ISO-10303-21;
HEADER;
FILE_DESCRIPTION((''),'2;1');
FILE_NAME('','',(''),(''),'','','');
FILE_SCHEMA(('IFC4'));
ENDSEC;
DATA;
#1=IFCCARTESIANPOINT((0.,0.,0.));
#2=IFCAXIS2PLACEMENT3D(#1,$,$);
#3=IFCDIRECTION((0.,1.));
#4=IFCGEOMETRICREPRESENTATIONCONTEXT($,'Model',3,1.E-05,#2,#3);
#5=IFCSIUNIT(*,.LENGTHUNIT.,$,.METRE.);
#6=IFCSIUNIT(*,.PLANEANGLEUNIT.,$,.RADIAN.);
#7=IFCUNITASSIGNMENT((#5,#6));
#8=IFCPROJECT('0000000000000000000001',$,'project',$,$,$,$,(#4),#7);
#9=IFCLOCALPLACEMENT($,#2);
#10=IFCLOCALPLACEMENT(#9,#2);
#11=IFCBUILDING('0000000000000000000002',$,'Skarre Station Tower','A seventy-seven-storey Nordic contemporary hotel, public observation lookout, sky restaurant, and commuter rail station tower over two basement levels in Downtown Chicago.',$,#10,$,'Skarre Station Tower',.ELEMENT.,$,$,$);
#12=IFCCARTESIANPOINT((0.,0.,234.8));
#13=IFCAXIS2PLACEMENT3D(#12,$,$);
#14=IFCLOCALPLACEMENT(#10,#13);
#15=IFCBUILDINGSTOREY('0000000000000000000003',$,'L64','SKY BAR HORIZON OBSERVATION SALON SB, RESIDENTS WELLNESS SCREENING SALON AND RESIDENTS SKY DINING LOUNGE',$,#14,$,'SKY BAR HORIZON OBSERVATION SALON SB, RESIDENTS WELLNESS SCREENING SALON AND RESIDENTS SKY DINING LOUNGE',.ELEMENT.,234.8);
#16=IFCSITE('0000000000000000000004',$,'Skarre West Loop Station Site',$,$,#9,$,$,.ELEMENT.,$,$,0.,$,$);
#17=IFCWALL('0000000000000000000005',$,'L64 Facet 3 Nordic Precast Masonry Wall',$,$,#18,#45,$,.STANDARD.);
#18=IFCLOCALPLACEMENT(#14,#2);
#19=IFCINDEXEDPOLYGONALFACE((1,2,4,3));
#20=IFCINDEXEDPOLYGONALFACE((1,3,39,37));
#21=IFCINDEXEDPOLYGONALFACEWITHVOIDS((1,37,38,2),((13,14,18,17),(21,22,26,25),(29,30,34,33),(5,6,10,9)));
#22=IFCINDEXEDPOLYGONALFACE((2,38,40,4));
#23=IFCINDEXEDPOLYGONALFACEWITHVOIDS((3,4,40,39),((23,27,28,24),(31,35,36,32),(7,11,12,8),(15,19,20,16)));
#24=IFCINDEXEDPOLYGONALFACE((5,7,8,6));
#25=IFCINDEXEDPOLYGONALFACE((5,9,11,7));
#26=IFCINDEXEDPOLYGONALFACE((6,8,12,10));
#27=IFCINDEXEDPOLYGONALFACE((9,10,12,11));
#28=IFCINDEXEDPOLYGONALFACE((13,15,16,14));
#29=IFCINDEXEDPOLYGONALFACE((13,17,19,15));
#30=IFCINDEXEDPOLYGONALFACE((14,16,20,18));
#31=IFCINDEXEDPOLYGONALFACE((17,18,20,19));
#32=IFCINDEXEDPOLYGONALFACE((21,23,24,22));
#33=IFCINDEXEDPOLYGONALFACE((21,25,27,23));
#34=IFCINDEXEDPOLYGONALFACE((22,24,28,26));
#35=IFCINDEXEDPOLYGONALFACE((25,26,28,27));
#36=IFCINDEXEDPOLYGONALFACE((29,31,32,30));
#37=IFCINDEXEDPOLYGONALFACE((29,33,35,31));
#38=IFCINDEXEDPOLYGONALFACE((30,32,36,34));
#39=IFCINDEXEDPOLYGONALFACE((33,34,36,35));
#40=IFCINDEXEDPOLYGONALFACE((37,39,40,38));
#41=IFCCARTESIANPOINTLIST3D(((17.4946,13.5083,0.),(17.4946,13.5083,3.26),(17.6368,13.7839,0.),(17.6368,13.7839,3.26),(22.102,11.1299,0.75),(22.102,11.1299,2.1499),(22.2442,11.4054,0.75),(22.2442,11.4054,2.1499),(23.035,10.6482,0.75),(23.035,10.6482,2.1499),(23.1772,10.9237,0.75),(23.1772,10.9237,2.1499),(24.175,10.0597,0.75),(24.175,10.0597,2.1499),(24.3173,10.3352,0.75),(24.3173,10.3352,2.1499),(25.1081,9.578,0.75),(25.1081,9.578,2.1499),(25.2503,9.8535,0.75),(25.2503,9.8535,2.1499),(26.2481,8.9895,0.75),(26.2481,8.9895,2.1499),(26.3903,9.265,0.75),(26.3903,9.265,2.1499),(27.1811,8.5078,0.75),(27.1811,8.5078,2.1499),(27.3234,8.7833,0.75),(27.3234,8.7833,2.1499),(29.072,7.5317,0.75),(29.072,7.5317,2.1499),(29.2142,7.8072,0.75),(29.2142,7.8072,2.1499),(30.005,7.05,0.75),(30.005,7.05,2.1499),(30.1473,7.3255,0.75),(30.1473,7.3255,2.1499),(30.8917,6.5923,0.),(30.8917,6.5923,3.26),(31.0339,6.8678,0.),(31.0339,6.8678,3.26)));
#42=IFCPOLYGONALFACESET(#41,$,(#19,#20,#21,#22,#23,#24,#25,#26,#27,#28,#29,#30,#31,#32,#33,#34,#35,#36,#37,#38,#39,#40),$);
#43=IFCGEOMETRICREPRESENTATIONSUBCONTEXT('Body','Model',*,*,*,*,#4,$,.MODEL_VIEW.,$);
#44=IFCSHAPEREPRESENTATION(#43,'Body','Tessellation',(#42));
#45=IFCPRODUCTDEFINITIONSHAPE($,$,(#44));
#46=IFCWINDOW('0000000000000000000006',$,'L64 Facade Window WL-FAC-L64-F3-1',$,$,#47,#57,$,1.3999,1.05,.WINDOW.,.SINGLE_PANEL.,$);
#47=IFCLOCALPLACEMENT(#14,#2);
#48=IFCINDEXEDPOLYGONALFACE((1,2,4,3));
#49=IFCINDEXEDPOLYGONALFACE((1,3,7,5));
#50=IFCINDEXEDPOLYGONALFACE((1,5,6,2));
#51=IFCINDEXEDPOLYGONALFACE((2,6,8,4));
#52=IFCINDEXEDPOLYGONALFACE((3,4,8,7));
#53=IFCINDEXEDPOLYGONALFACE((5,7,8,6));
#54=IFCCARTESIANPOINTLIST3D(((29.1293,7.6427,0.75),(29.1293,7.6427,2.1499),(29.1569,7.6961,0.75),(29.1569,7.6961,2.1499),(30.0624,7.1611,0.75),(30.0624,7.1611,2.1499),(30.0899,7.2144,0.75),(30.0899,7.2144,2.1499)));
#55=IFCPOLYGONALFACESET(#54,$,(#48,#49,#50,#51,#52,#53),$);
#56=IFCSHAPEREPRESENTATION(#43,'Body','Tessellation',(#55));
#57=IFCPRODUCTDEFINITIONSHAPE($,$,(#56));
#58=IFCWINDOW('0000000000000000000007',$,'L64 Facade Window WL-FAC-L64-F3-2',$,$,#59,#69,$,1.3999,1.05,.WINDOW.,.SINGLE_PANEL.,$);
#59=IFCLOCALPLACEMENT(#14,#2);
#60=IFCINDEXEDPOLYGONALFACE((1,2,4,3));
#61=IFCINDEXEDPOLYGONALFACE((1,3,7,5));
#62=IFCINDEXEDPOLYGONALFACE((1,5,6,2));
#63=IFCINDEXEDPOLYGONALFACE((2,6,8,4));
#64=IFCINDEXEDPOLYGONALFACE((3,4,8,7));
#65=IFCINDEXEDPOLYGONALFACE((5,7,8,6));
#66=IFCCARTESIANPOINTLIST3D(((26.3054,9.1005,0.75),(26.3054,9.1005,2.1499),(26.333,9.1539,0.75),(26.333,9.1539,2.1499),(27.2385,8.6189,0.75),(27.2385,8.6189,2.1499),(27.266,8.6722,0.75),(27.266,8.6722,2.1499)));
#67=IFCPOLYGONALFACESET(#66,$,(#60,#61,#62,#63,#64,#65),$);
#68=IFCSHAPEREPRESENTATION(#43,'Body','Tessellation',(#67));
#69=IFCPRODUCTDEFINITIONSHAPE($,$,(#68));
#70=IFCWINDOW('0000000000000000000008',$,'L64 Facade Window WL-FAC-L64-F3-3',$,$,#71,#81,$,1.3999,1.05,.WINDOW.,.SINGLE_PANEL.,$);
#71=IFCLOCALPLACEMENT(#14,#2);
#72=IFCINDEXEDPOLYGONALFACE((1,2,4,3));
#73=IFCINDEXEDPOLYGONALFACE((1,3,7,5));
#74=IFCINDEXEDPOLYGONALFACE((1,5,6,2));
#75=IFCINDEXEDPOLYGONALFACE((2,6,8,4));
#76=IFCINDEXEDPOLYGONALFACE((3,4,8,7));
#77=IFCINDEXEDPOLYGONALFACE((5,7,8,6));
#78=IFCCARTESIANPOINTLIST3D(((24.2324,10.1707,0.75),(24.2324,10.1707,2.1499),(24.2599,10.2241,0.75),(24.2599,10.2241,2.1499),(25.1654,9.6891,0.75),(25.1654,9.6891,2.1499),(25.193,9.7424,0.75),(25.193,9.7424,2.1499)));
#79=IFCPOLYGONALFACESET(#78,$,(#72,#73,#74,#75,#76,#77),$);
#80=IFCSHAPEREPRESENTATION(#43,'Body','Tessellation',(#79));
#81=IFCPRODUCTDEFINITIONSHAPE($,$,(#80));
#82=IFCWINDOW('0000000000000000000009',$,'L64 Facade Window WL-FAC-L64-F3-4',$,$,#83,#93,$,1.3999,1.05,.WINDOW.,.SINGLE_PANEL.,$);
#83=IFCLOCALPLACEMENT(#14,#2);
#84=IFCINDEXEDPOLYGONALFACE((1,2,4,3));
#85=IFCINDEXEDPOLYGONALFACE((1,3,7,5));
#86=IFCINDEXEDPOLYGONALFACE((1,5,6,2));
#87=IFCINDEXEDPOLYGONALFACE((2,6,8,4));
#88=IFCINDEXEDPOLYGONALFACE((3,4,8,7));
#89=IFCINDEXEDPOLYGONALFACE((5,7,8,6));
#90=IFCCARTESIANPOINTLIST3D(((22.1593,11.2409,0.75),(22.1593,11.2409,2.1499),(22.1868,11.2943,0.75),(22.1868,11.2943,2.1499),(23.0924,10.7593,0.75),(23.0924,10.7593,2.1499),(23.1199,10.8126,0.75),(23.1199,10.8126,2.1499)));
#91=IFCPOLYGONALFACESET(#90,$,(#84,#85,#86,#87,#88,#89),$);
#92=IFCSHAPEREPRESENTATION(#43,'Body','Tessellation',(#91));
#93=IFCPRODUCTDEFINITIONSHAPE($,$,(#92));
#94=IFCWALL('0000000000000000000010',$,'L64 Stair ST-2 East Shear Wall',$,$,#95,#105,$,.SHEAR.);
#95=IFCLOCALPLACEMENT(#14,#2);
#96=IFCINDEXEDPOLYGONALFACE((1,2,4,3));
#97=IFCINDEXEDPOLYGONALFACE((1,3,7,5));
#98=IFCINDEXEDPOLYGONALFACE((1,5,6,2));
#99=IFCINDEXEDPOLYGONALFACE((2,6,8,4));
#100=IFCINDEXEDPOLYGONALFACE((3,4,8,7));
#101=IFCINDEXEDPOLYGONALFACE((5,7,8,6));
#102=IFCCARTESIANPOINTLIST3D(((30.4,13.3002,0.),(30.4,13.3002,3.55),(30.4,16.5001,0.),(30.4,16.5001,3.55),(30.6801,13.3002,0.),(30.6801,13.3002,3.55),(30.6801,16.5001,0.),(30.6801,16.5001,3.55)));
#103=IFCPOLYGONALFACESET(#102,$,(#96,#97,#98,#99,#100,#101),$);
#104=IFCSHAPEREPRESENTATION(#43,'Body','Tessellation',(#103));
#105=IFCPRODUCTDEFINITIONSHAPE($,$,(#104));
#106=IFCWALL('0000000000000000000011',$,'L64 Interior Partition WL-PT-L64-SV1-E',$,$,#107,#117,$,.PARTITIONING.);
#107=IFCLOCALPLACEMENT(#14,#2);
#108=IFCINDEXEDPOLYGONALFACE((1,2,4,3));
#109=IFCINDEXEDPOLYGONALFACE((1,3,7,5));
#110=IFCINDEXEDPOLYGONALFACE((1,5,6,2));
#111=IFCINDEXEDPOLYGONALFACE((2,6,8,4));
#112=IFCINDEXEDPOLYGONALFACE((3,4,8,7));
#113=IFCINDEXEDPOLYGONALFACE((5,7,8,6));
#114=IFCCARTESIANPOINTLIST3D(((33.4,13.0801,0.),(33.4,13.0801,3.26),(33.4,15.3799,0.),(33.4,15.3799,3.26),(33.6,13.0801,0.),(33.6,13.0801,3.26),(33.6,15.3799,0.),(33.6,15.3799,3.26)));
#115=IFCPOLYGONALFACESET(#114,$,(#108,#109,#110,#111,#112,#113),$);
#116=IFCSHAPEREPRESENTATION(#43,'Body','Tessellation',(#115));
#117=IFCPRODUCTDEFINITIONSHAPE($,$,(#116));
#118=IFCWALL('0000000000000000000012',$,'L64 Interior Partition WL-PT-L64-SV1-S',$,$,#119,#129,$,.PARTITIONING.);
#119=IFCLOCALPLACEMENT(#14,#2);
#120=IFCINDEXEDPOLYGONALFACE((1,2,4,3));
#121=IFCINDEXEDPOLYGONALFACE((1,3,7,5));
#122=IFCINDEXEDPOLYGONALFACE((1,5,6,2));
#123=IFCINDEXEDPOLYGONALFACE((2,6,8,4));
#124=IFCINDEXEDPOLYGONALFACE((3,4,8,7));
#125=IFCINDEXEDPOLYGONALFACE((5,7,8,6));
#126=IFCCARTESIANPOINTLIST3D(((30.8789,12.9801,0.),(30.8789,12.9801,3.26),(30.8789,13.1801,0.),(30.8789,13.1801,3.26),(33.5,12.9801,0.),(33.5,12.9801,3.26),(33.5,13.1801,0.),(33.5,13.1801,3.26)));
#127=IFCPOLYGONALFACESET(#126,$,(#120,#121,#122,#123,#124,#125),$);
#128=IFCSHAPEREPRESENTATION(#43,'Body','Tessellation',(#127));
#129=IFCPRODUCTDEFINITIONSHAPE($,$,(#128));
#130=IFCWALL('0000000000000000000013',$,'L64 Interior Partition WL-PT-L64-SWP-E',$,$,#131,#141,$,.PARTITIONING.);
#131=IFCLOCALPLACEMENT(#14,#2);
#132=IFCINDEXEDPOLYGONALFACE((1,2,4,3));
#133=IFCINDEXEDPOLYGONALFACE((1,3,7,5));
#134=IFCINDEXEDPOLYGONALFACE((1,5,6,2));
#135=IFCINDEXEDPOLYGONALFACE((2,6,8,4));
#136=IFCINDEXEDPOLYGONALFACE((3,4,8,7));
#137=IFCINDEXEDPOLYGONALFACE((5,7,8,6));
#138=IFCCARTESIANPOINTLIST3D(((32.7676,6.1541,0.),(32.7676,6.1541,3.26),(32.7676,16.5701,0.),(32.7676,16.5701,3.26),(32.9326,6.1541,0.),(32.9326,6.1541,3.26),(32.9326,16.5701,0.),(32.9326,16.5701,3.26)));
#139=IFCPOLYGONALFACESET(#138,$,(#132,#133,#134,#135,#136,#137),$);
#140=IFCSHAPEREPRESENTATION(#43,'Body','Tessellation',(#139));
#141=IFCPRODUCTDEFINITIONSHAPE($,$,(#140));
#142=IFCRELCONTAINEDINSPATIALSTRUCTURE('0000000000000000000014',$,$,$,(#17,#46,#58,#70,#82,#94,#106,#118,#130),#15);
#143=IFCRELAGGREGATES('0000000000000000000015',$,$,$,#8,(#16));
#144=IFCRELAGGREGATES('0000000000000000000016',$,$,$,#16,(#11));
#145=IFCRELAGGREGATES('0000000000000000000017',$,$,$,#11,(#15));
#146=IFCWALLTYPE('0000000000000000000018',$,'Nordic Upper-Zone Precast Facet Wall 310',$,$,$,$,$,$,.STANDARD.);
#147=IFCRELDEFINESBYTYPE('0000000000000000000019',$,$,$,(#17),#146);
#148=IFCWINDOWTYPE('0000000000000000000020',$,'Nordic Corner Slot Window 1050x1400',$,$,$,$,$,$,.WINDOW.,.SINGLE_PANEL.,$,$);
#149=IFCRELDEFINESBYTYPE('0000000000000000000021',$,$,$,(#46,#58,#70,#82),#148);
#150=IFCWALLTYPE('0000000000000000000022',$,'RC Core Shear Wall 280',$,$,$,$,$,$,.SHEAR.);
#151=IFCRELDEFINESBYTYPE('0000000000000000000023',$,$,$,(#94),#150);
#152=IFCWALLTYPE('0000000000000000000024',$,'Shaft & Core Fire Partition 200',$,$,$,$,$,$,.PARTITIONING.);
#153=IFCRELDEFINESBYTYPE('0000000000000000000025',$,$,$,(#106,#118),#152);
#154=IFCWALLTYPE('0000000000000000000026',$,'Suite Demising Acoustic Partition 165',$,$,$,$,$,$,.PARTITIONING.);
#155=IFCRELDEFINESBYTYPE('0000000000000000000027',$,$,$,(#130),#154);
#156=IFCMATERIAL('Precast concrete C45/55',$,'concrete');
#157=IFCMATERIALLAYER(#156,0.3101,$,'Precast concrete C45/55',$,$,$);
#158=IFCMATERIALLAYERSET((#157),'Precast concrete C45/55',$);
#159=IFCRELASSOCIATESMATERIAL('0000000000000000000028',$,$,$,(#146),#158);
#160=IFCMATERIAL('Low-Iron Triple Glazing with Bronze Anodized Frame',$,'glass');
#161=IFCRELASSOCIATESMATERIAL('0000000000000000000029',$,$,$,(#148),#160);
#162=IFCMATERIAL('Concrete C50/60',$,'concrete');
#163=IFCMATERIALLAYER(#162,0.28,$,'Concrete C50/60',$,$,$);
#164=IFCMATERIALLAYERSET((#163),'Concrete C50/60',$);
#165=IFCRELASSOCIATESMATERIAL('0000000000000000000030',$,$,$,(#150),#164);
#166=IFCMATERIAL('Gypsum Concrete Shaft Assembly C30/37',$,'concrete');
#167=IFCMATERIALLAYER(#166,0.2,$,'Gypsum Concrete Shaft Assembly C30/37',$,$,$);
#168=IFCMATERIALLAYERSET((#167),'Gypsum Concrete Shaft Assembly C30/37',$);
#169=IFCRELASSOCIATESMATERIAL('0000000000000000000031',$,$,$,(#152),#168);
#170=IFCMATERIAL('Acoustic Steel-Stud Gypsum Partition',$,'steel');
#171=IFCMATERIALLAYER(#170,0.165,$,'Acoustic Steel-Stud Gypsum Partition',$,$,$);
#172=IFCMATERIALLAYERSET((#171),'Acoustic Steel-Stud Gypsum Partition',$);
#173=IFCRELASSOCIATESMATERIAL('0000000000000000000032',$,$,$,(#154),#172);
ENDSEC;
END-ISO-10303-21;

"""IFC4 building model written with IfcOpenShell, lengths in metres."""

from ifc_helpers import new_model, si_unit, direction, frame, frame_2d, origin, place, context, subcontext, project, spatial, rectangle, extrude, material, layer, layer_set, type_object, element, fill, save


model = new_model("IFC4")

# Units and contexts
model_context = context("Model", 3, precision=1e-05, world=origin(), true_north=direction((0.0, 1.0)))
body_context = subcontext(model_context, "Body", "Model", "MODEL_VIEW")
ifc_project = project(units=[si_unit("LENGTHUNIT", "METRE"), si_unit("PLANEANGLEUNIT", "RADIAN")], contexts=[model_context])

# Site, building, storey
site_placement = place(None, origin())
site = spatial("IfcSite", under=ifc_project, at=site_placement, Name="Skarre West Loop Station Site", CompositionType="ELEMENT", RefElevation=0.0)
building_placement = place(site_placement, origin())
building = spatial("IfcBuilding", under=site, at=building_placement, Name="Skarre Station Tower", Description="A seventy-seven-storey Nordic contemporary hotel, public observation lookout, sky restaurant, and commuter rail station tower over two basement levels in Downtown Chicago.", LongName="Skarre Station Tower", CompositionType="ELEMENT")
storey_placement = place(building_placement, frame((0.0, 0.0, 234.8)))
storey = spatial("IfcBuildingStorey", under=building, at=storey_placement, Name="L64", Description="SKY BAR HORIZON OBSERVATION SALON SB, RESIDENTS WELLNESS SCREENING SALON AND RESIDENTS SKY DINING LOUNGE", LongName="SKY BAR HORIZON OBSERVATION SALON SB, RESIDENTS WELLNESS SCREENING SALON AND RESIDENTS SKY DINING LOUNGE", CompositionType="ELEMENT", Elevation=234.8)

# Shared definitions
ifc_material_1 = material(Name="Concrete C50/60", Category="concrete")

# Shared definitions
ifc_material_2 = material(Name="Acoustic Steel-Stud Gypsum Partition", Category="steel")
ifc_material_3 = material(Name="Precast concrete C45/55", Category="concrete")

# Wall, openings, windows
ifc_layer_1 = layer(ifc_material_3, 0.3101, Name="Precast concrete C45/55")
ifc_layer_set_1 = layer_set([ifc_layer_1], Name="Precast concrete C45/55")
wall_type_1 = type_object("IfcWallType", Name="Nordic Upper-Zone Precast Facet Wall 310", PredefinedType="STANDARD", material=ifc_layer_set_1)
wall_1_placement = place(storey_placement, frame((30.9629, 6.73, 0.0), z_axis=(0.0, 0.0, 1.0), x_axis=(-0.888581, 0.458719, 0.0)))
wall_1 = element("IfcWall", 1, at=wall_1_placement, inside=storey, type_object=wall_type_1, Name="L64 Facet 3 Nordic Precast Masonry Wall", PredefinedType="STANDARD", context=body_context, shape_type="SweptSolid", body=[
    extrude(rectangle(XDim=15.0769, YDim=0.3101, at=frame_2d((7.5386, 0.0))), origin(), (0.0, 0.0, 1.0), 3.26),
])
opening_1_placement = place(wall_1_placement, frame((0.998, 0.0, 0.75)))
opening_1 = element("IfcOpeningElement", 2, at=opening_1_placement, cuts=wall_1, PredefinedType="OPENING", context=body_context, shape_type="SweptSolid", body=[
    extrude(rectangle(XDim=1.05, YDim=1.3999, at=frame_2d((0.5249, 0.7))), frame((0.0, 0.165, 0.0), z_axis=(0.0, -1.0, 0.0), x_axis=(1.0, 0.0, 0.0)), (0.0, 0.0, 1.0), 0.3301),
])
opening_2_placement = place(wall_1_placement, frame((4.176, 0.0, 0.75)))
opening_2 = element("IfcOpeningElement", 3, at=opening_2_placement, cuts=wall_1, PredefinedType="OPENING", context=body_context, shape_type="SweptSolid", body=[
    extrude(rectangle(XDim=1.05, YDim=1.3999, at=frame_2d((0.5249, 0.7))), frame((0.0, 0.165, 0.0), z_axis=(0.0, -1.0, 0.0), x_axis=(1.0, 0.0, 0.0)), (0.0, 0.0, 1.0), 0.3301),
])
opening_3_placement = place(wall_1_placement, frame((6.509, 0.0, 0.75)))
opening_3 = element("IfcOpeningElement", 4, at=opening_3_placement, cuts=wall_1, PredefinedType="OPENING", context=body_context, shape_type="SweptSolid", body=[
    extrude(rectangle(XDim=1.05, YDim=1.3999, at=frame_2d((0.5249, 0.7))), frame((0.0, 0.165, 0.0), z_axis=(0.0, -1.0, 0.0), x_axis=(1.0, 0.0, 0.0)), (0.0, 0.0, 1.0), 0.3301),
])
opening_4_placement = place(wall_1_placement, frame((8.842, 0.0, 0.75)))
opening_4 = element("IfcOpeningElement", 5, at=opening_4_placement, cuts=wall_1, PredefinedType="OPENING", context=body_context, shape_type="SweptSolid", body=[
    extrude(rectangle(XDim=1.05, YDim=1.3999, at=frame_2d((0.5249, 0.7))), frame((0.0, 0.165, 0.0), z_axis=(0.0, -1.0, 0.0), x_axis=(1.0, 0.0, 0.0)), (0.0, 0.0, 1.0), 0.3301),
])
ifc_material_4 = material(Name="Low-Iron Triple Glazing with Bronze Anodized Frame", Category="glass")
window_type = type_object("IfcWindowType", Name="Nordic Corner Slot Window 1050x1400", PartitioningType="SINGLE_PANEL", PredefinedType="WINDOW", material=ifc_material_4)
window_1_placement = place(opening_1_placement, origin())
window_1 = element("IfcWindow", 6, at=window_1_placement, inside=storey, type_object=window_type, Name="L64 Facade Window WL-FAC-L64-F3-1", OverallHeight=1.3999, OverallWidth=1.05, PartitioningType="SINGLE_PANEL", PredefinedType="WINDOW", context=body_context, shape_type="SweptSolid", body=[
    extrude(rectangle(XDim=1.05, YDim=1.3999, at=frame_2d((0.5249, 0.7))), frame((0.0, 0.03, 0.0), z_axis=(0.0, -1.0, 0.0), x_axis=(1.0, 0.0, 0.0)), (0.0, 0.0, 1.0), 0.0601),
])
fill(opening_1, window_1)
window_2_placement = place(opening_2_placement, origin())
window_2 = element("IfcWindow", 7, at=window_2_placement, inside=storey, type_object=window_type, Name="L64 Facade Window WL-FAC-L64-F3-2", OverallHeight=1.3999, OverallWidth=1.05, PartitioningType="SINGLE_PANEL", PredefinedType="WINDOW", context=body_context, shape_type="SweptSolid", body=[
    extrude(rectangle(XDim=1.05, YDim=1.3999, at=frame_2d((0.5249, 0.7))), frame((0.0, 0.03, 0.0), z_axis=(0.0, -1.0, 0.0), x_axis=(1.0, 0.0, 0.0)), (0.0, 0.0, 1.0), 0.0601),
])
fill(opening_2, window_2)
window_3_placement = place(opening_3_placement, origin())
window_3 = element("IfcWindow", 8, at=window_3_placement, inside=storey, type_object=window_type, Name="L64 Facade Window WL-FAC-L64-F3-3", OverallHeight=1.3999, OverallWidth=1.05, PartitioningType="SINGLE_PANEL", PredefinedType="WINDOW", context=body_context, shape_type="SweptSolid", body=[
    extrude(rectangle(XDim=1.05, YDim=1.3999, at=frame_2d((0.5249, 0.7))), frame((0.0, 0.03, 0.0), z_axis=(0.0, -1.0, 0.0), x_axis=(1.0, 0.0, 0.0)), (0.0, 0.0, 1.0), 0.0601),
])
fill(opening_3, window_3)
window_4_placement = place(opening_4_placement, origin())
window_4 = element("IfcWindow", 9, at=window_4_placement, inside=storey, type_object=window_type, Name="L64 Facade Window WL-FAC-L64-F3-4", OverallHeight=1.3999, OverallWidth=1.05, PartitioningType="SINGLE_PANEL", PredefinedType="WINDOW", context=body_context, shape_type="SweptSolid", body=[
    extrude(rectangle(XDim=1.05, YDim=1.3999, at=frame_2d((0.5249, 0.7))), frame((0.0, 0.03, 0.0), z_axis=(0.0, -1.0, 0.0), x_axis=(1.0, 0.0, 0.0)), (0.0, 0.0, 1.0), 0.0601),
])
fill(opening_4, window_4)

# Walls
ifc_layer_2 = layer(ifc_material_1, 0.28, Name="Concrete C50/60")
ifc_layer_set_2 = layer_set([ifc_layer_2], Name="Concrete C50/60")
wall_type_2 = type_object("IfcWallType", Name="RC Core Shear Wall 280", PredefinedType="SHEAR", material=ifc_layer_set_2)
wall_2_placement = place(storey_placement, frame((30.54, 13.3, 0.0), z_axis=(0.0, 0.0, 1.0), x_axis=(0.0, 1.0, 0.0)))
element("IfcWall", 10, at=wall_2_placement, inside=storey, type_object=wall_type_2, Name="L64 Stair ST-2 East Shear Wall", PredefinedType="SHEAR", context=body_context, shape_type="SweptSolid", body=[
    extrude(rectangle(XDim=3.2, YDim=0.28, at=frame_2d((1.6001, 0.0))), origin(), (0.0, 0.0, 1.0), 3.55),
])
ifc_material_5 = material(Name="Gypsum Concrete Shaft Assembly C30/37", Category="concrete")
ifc_layer_3 = layer(ifc_material_5, 0.2, Name="Gypsum Concrete Shaft Assembly C30/37")
ifc_layer_set_3 = layer_set([ifc_layer_3], Name="Gypsum Concrete Shaft Assembly C30/37")
wall_type_3 = type_object("IfcWallType", Name="Shaft & Core Fire Partition 200", PredefinedType="PARTITIONING", material=ifc_layer_set_3)
wall_3_placement = place(storey_placement, frame((33.5, 13.0801, 0.0), z_axis=(0.0, 0.0, 1.0), x_axis=(0.0, 1.0, 0.0)))
element("IfcWall", 11, at=wall_3_placement, inside=storey, type_object=wall_type_3, Name="L64 Interior Partition WL-PT-L64-SV1-E", PredefinedType="PARTITIONING", context=body_context, shape_type="SweptSolid", body=[
    extrude(rectangle(XDim=2.2998, YDim=0.2, at=frame_2d((1.1499, 0.0))), origin(), (0.0, 0.0, 1.0), 3.26),
])
wall_4_placement = place(storey_placement, frame((30.8789, 13.0801, 0.0), z_axis=(0.0, 0.0, 1.0), x_axis=(1.0, 0.0, 0.0)))
element("IfcWall", 12, at=wall_4_placement, inside=storey, type_object=wall_type_3, Name="L64 Interior Partition WL-PT-L64-SV1-S", PredefinedType="PARTITIONING", context=body_context, shape_type="SweptSolid", body=[
    extrude(rectangle(XDim=2.6211, YDim=0.2, at=frame_2d((1.3105, 0.0))), origin(), (0.0, 0.0, 1.0), 3.26),
])
ifc_layer_4 = layer(ifc_material_2, 0.165, Name="Acoustic Steel-Stud Gypsum Partition")
ifc_layer_set_4 = layer_set([ifc_layer_4], Name="Acoustic Steel-Stud Gypsum Partition")
wall_type_4 = type_object("IfcWallType", Name="Suite Demising Acoustic Partition 165", PredefinedType="PARTITIONING", material=ifc_layer_set_4)
wall_5_placement = place(storey_placement, frame((32.8501, 6.1541, 0.0), z_axis=(0.0, 0.0, 1.0), x_axis=(0.0, 1.0, 0.0)))
element("IfcWall", 13, at=wall_5_placement, inside=storey, type_object=wall_type_4, Name="L64 Interior Partition WL-PT-L64-SWP-E", PredefinedType="PARTITIONING", context=body_context, shape_type="SweptSolid", body=[
    extrude(rectangle(XDim=10.416, YDim=0.165, at=frame_2d((5.208, 0.0))), origin(), (0.0, 0.0, 1.0), 3.26),
])

save(model, "model.ifc")
